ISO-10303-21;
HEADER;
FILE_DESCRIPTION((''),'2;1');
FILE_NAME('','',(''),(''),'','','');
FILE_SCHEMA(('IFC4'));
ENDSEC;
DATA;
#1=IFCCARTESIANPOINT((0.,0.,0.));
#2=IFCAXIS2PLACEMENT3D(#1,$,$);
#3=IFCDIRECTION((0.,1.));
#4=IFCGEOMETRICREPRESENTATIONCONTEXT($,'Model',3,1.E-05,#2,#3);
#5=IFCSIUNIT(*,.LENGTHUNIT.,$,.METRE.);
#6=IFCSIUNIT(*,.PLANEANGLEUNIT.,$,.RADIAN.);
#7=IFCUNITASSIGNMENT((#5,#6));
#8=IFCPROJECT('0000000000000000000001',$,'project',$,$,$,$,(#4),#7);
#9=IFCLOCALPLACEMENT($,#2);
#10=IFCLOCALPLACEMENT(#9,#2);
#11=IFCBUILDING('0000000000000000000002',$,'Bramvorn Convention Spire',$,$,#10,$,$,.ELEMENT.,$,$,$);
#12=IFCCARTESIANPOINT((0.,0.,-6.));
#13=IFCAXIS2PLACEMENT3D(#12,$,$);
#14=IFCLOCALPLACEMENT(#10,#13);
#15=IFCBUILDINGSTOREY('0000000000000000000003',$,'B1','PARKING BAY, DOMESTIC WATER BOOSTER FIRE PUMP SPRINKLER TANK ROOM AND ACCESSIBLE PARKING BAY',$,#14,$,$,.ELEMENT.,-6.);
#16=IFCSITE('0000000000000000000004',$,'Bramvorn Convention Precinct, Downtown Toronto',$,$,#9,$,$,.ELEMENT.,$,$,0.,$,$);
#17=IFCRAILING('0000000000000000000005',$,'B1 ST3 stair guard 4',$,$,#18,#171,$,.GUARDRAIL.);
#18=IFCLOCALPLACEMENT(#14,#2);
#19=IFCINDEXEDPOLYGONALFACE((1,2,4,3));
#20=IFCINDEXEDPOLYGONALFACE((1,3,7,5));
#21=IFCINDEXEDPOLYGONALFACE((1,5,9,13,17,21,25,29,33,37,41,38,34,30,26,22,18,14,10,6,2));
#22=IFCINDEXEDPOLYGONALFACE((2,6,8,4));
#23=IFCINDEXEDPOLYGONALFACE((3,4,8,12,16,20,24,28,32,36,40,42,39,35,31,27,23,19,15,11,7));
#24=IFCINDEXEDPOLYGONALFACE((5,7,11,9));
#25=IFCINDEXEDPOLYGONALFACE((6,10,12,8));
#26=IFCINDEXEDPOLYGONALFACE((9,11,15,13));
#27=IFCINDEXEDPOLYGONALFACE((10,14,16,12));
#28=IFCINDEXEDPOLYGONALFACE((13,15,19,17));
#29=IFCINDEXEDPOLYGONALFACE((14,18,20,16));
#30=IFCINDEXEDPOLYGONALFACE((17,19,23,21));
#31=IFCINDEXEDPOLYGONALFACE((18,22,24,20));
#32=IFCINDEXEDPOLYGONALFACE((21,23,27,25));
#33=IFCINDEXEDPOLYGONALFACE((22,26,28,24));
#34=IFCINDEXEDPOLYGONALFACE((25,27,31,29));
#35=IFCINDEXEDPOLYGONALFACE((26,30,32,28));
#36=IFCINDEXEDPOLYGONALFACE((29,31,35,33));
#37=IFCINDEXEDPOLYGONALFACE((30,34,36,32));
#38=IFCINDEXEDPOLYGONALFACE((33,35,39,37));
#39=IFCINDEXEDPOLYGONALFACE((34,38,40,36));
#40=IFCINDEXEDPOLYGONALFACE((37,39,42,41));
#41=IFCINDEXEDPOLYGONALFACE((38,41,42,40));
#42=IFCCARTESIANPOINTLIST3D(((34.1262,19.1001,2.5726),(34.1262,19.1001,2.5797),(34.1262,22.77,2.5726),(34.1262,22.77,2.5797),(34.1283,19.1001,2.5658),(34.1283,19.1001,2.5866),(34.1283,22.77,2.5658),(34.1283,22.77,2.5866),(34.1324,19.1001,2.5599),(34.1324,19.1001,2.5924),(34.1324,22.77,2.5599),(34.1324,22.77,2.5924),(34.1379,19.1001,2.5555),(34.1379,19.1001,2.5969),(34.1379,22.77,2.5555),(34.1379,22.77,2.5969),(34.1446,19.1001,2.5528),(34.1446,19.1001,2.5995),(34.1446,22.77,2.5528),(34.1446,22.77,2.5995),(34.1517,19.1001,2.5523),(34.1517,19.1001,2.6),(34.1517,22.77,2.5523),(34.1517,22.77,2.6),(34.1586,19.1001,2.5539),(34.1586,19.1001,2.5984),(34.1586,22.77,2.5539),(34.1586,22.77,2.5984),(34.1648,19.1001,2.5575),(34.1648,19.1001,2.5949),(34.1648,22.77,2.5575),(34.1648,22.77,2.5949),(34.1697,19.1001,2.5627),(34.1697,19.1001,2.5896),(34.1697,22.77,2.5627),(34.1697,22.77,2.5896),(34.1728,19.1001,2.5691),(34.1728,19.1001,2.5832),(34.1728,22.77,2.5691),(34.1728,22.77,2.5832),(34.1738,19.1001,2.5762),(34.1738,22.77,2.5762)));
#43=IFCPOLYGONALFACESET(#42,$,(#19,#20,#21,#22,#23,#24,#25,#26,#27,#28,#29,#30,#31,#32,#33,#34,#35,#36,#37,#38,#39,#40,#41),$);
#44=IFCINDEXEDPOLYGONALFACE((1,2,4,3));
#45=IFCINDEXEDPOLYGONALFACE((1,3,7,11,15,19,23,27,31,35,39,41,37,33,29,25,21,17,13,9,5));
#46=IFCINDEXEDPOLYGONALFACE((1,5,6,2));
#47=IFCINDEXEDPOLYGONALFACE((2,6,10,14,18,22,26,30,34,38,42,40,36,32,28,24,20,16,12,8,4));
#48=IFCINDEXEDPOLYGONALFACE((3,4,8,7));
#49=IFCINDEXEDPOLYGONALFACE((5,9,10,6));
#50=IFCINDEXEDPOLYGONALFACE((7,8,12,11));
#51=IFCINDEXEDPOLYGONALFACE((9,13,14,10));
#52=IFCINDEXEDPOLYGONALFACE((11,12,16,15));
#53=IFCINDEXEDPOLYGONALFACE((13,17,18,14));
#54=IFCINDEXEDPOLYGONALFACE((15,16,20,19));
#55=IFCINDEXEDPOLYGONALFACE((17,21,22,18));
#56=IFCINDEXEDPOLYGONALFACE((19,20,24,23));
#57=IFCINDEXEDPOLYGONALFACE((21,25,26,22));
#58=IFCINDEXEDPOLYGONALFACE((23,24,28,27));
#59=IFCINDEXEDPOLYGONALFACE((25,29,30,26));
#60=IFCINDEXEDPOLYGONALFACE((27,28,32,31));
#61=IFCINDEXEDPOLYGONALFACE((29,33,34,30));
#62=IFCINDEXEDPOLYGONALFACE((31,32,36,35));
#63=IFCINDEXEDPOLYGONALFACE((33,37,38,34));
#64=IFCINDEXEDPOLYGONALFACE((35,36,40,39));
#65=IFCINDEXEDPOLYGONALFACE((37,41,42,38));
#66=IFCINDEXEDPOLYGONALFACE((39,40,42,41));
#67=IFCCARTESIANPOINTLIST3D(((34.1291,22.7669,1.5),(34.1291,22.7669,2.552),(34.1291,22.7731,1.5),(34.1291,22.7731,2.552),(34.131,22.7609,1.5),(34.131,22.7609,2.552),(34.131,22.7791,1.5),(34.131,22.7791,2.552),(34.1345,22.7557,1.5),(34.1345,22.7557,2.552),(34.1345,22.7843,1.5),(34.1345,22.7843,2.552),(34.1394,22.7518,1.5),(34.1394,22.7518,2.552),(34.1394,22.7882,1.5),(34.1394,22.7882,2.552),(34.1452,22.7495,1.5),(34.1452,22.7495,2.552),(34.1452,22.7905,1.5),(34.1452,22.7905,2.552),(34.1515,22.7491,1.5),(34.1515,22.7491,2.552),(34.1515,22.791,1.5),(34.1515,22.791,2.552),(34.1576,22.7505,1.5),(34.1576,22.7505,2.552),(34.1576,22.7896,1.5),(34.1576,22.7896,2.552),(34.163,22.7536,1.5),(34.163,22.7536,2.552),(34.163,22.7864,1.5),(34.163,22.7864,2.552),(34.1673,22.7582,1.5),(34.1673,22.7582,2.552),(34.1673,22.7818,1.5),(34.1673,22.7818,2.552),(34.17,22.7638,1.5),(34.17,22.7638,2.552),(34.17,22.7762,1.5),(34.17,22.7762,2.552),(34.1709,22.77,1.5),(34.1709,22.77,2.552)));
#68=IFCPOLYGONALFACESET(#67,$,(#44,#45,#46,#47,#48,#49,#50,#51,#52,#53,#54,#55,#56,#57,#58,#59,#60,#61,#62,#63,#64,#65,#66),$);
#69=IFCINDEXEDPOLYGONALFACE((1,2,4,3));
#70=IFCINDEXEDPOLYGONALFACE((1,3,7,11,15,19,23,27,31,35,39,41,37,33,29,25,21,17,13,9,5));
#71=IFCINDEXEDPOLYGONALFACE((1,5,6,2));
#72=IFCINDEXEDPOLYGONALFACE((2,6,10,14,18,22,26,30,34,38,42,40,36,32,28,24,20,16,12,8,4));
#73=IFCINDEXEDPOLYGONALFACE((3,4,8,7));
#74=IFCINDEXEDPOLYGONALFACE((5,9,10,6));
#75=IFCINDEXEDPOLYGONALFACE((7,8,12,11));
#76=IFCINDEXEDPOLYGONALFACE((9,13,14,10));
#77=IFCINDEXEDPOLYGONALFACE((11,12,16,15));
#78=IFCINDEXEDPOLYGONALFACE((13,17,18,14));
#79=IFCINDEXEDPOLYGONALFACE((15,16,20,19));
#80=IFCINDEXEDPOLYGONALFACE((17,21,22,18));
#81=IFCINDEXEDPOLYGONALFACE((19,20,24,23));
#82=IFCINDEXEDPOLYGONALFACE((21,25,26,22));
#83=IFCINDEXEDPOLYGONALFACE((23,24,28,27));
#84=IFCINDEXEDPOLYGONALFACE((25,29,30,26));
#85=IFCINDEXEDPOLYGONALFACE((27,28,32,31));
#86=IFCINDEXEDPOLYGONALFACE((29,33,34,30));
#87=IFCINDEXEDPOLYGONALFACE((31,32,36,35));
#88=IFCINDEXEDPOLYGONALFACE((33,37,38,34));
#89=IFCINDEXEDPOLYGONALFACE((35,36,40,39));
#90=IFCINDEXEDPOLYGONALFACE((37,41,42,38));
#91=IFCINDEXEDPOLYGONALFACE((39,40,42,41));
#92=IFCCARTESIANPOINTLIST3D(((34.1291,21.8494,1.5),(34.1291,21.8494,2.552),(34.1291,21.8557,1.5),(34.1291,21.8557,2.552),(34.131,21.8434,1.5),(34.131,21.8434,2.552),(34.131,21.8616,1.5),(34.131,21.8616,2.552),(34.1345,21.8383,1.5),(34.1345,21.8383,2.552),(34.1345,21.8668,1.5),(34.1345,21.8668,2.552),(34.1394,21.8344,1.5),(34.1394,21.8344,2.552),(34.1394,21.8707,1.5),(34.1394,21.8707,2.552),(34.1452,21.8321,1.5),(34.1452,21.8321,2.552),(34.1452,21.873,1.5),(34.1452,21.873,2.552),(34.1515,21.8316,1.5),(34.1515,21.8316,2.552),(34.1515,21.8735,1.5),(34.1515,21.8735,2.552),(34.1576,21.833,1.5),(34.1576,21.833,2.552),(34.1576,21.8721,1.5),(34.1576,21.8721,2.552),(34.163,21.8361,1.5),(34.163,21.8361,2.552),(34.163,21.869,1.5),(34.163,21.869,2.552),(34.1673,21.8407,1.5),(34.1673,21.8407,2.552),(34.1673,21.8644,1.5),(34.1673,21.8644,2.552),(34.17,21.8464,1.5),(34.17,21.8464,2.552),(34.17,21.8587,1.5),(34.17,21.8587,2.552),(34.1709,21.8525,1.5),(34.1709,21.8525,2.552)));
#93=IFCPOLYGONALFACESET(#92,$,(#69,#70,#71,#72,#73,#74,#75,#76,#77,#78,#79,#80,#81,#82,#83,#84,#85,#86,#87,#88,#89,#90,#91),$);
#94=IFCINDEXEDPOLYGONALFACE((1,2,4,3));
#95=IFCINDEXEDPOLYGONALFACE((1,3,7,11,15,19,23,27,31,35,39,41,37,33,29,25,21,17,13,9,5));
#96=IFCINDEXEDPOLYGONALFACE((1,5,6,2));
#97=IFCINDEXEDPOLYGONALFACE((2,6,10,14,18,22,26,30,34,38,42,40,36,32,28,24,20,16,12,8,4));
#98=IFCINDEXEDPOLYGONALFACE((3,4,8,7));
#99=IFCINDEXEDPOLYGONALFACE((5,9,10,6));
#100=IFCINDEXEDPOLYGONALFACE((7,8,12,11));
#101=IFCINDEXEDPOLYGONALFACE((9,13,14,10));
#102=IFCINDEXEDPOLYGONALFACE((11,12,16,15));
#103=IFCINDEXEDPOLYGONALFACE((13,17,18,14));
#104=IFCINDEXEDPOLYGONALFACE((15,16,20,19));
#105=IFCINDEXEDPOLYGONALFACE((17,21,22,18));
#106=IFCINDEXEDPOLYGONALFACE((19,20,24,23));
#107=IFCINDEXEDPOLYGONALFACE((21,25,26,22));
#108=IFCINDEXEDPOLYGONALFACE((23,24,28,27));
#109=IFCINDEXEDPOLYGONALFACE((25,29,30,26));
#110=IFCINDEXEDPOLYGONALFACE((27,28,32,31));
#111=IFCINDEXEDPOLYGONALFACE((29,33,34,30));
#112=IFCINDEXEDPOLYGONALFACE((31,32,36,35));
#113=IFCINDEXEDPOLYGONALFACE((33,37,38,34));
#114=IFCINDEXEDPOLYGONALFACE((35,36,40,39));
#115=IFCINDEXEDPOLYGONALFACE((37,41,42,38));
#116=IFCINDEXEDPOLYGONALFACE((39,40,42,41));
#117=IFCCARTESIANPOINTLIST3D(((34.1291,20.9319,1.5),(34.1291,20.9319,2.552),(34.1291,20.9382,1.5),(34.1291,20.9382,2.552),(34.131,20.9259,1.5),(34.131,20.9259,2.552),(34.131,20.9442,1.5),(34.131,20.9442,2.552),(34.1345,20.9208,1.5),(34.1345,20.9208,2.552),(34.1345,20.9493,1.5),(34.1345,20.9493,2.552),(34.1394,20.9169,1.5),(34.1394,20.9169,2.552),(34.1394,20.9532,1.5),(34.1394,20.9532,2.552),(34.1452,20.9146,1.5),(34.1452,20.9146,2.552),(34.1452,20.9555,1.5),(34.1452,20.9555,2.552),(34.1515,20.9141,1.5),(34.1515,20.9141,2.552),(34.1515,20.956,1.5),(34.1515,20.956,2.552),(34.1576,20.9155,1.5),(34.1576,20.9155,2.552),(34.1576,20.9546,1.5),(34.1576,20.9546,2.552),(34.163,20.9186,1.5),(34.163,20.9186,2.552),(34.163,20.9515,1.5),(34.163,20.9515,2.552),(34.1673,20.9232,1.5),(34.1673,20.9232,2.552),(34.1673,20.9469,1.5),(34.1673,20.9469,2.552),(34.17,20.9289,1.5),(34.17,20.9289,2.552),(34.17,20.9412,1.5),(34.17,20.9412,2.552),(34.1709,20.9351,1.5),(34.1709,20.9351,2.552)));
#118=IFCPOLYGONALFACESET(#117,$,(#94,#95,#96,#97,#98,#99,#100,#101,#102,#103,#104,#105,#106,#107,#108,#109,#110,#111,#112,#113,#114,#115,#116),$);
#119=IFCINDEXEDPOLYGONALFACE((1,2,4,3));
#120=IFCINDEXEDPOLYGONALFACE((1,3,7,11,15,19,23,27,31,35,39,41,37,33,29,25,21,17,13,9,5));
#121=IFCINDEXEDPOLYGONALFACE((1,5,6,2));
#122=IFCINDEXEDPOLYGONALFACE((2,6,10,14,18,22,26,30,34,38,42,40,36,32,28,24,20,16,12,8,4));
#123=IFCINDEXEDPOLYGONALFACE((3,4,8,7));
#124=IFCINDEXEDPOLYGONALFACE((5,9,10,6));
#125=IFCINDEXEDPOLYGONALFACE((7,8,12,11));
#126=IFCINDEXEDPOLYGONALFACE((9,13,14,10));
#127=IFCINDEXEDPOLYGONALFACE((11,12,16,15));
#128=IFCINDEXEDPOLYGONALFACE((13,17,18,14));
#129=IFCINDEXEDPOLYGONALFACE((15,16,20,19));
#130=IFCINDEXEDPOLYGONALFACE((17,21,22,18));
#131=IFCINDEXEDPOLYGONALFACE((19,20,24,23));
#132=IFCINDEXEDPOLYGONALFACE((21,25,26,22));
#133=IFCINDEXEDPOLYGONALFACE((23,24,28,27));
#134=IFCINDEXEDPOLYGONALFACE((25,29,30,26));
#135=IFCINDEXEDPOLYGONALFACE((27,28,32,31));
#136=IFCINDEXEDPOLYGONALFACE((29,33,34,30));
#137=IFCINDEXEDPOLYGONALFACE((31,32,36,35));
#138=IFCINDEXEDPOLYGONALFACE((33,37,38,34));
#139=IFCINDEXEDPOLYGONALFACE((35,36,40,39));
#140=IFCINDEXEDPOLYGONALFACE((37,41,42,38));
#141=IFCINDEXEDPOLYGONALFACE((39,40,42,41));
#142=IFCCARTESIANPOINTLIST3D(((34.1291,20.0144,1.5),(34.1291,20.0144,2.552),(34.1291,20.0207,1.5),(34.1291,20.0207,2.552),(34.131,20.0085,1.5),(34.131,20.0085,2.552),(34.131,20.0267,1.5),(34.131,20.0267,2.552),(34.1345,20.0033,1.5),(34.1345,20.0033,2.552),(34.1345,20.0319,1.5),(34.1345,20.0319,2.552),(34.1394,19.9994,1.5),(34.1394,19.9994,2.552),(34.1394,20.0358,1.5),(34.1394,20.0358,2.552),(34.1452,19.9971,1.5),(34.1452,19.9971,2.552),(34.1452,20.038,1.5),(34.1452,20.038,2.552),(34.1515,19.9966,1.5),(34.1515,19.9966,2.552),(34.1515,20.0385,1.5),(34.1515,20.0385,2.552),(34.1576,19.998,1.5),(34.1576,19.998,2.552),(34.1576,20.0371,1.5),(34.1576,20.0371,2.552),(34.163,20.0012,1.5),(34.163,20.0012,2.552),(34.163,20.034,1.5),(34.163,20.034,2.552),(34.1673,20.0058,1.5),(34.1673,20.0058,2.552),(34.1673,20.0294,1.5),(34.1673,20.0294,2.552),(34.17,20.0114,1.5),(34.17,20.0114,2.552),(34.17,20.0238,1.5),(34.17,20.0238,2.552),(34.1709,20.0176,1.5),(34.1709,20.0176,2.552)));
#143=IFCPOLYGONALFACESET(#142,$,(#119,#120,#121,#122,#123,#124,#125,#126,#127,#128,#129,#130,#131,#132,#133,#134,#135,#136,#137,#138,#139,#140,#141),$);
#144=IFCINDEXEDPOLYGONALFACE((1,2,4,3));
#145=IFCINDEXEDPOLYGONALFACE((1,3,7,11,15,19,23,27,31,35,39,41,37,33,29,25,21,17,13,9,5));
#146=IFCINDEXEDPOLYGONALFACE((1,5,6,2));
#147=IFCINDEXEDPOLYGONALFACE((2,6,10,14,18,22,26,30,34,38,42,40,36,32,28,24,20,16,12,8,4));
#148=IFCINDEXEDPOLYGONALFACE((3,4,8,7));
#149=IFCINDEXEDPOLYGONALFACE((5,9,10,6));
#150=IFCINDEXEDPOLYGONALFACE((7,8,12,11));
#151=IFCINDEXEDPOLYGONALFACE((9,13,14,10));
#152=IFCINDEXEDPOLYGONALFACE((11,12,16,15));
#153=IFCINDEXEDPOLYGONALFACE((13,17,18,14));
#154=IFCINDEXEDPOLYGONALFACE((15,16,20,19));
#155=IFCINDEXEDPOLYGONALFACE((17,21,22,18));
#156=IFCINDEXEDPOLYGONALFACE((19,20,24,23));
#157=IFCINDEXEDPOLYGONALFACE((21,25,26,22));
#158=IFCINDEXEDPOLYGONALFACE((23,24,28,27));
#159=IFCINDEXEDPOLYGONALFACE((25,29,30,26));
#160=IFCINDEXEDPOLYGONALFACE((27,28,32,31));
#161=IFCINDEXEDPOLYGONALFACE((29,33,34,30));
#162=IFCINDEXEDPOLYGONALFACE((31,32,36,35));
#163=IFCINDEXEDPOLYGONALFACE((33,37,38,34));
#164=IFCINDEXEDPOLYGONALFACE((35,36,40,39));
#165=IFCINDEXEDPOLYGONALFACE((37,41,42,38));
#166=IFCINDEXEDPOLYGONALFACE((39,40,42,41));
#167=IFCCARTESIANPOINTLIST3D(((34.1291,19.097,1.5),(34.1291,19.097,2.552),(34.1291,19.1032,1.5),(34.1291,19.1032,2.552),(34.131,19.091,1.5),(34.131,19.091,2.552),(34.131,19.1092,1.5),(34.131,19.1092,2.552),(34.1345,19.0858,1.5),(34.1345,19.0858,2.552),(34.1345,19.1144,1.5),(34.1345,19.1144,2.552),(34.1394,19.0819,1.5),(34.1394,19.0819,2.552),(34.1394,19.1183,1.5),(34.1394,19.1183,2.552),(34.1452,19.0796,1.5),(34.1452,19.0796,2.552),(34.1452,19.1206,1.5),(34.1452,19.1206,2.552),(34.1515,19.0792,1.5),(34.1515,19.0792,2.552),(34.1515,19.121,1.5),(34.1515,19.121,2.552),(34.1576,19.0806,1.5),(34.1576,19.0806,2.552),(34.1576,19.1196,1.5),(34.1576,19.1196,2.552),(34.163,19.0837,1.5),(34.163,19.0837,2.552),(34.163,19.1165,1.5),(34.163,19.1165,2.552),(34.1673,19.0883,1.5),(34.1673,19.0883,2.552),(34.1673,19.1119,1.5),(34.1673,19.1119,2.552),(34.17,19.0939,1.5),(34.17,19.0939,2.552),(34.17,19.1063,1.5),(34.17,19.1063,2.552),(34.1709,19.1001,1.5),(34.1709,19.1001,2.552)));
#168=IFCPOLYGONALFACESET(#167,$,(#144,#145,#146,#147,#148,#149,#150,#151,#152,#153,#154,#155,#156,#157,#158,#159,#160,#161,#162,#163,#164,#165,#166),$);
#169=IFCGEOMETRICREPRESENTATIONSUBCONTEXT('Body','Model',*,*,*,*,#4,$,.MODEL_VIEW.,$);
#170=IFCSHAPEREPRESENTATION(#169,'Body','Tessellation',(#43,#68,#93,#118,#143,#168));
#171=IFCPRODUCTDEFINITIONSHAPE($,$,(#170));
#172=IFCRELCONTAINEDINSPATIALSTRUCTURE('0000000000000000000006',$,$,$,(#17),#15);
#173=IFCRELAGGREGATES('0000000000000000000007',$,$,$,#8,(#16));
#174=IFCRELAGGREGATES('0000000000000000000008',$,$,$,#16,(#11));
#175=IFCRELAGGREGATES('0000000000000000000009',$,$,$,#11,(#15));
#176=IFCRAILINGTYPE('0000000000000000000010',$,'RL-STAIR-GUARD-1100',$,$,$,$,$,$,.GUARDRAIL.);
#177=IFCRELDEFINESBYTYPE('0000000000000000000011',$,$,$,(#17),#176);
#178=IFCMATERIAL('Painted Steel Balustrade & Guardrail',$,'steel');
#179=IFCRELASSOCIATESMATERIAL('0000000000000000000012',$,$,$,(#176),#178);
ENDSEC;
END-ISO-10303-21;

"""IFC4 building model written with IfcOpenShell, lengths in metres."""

from ifc_helpers import new_model, si_unit, direction, frame, origin, origin_2d, place, context, subcontext, project, spatial, circle, extrude, material, type_object, element, save


model = new_model("IFC4")

# Units and contexts
model_context = context("Model", 3, precision=1e-05, world=origin(), true_north=direction((0.0, 1.0)))
body_context = subcontext(model_context, "Body", "Model", "MODEL_VIEW")
ifc_project = project(units=[si_unit("LENGTHUNIT", "METRE"), si_unit("PLANEANGLEUNIT", "RADIAN")], contexts=[model_context])

# Site, building, storey
site_placement = place(None, origin())
site = spatial("IfcSite", under=ifc_project, at=site_placement, Name="Bramvorn Convention Precinct, Downtown Toronto", CompositionType="ELEMENT", RefElevation=0.0)
building_placement = place(site_placement, origin())
building = spatial("IfcBuilding", under=site, at=building_placement, Name="Bramvorn Convention Spire", CompositionType="ELEMENT")
storey_placement = place(building_placement, frame((0.0, 0.0, -6.0)))
storey = spatial("IfcBuildingStorey", under=building, at=storey_placement, Name="B1", Description="PARKING BAY, DOMESTIC WATER BOOSTER FIRE PUMP SPRINKLER TANK ROOM AND ACCESSIBLE PARKING BAY", CompositionType="ELEMENT", Elevation=-6.0)

# Railing
ifc_material_1 = material(Name="Painted Steel Balustrade & Guardrail", Category="steel")
railing_type_1 = type_object("IfcRailingType", Name="RL-STAIR-GUARD-1100", PredefinedType="GUARDRAIL", material=ifc_material_1)
railing_1_placement = place(storey_placement, frame((34.1499, 22.77, 1.5)))
element("IfcRailing", 1, at=railing_1_placement, inside=storey, type_object=railing_type_1, Name="B1 ST3 stair guard 4", PredefinedType="GUARDRAIL", context=body_context, shape_type="SweptSolid", body=[
    extrude(circle(Radius=0.0239, at=origin_2d()), frame((0.0, 0.0, 1.0762), z_axis=(0.0, -1.0, 0.0), x_axis=(1.0, 0.0, 0.0)), (0.0, 0.0, 1.0), 3.6699),
    extrude(circle(Radius=0.021, at=origin_2d()), origin(), (0.0, 0.0, 1.0), 1.052),
    extrude(circle(Radius=0.021, at=origin_2d()), frame((0.0, -0.9175, 0.0)), (0.0, 0.0, 1.0), 1.052),
    extrude(circle(Radius=0.021, at=origin_2d()), frame((0.0, -1.835, 0.0)), (0.0, 0.0, 1.0), 1.052),
    extrude(circle(Radius=0.021, at=origin_2d()), frame((0.0, -2.7524, 0.0)), (0.0, 0.0, 1.0), 1.052),
    extrude(circle(Radius=0.021, at=origin_2d()), frame((0.0, -3.6699, 0.0)), (0.0, 0.0, 1.0), 1.052),
])

save(model, "model.ifc")
